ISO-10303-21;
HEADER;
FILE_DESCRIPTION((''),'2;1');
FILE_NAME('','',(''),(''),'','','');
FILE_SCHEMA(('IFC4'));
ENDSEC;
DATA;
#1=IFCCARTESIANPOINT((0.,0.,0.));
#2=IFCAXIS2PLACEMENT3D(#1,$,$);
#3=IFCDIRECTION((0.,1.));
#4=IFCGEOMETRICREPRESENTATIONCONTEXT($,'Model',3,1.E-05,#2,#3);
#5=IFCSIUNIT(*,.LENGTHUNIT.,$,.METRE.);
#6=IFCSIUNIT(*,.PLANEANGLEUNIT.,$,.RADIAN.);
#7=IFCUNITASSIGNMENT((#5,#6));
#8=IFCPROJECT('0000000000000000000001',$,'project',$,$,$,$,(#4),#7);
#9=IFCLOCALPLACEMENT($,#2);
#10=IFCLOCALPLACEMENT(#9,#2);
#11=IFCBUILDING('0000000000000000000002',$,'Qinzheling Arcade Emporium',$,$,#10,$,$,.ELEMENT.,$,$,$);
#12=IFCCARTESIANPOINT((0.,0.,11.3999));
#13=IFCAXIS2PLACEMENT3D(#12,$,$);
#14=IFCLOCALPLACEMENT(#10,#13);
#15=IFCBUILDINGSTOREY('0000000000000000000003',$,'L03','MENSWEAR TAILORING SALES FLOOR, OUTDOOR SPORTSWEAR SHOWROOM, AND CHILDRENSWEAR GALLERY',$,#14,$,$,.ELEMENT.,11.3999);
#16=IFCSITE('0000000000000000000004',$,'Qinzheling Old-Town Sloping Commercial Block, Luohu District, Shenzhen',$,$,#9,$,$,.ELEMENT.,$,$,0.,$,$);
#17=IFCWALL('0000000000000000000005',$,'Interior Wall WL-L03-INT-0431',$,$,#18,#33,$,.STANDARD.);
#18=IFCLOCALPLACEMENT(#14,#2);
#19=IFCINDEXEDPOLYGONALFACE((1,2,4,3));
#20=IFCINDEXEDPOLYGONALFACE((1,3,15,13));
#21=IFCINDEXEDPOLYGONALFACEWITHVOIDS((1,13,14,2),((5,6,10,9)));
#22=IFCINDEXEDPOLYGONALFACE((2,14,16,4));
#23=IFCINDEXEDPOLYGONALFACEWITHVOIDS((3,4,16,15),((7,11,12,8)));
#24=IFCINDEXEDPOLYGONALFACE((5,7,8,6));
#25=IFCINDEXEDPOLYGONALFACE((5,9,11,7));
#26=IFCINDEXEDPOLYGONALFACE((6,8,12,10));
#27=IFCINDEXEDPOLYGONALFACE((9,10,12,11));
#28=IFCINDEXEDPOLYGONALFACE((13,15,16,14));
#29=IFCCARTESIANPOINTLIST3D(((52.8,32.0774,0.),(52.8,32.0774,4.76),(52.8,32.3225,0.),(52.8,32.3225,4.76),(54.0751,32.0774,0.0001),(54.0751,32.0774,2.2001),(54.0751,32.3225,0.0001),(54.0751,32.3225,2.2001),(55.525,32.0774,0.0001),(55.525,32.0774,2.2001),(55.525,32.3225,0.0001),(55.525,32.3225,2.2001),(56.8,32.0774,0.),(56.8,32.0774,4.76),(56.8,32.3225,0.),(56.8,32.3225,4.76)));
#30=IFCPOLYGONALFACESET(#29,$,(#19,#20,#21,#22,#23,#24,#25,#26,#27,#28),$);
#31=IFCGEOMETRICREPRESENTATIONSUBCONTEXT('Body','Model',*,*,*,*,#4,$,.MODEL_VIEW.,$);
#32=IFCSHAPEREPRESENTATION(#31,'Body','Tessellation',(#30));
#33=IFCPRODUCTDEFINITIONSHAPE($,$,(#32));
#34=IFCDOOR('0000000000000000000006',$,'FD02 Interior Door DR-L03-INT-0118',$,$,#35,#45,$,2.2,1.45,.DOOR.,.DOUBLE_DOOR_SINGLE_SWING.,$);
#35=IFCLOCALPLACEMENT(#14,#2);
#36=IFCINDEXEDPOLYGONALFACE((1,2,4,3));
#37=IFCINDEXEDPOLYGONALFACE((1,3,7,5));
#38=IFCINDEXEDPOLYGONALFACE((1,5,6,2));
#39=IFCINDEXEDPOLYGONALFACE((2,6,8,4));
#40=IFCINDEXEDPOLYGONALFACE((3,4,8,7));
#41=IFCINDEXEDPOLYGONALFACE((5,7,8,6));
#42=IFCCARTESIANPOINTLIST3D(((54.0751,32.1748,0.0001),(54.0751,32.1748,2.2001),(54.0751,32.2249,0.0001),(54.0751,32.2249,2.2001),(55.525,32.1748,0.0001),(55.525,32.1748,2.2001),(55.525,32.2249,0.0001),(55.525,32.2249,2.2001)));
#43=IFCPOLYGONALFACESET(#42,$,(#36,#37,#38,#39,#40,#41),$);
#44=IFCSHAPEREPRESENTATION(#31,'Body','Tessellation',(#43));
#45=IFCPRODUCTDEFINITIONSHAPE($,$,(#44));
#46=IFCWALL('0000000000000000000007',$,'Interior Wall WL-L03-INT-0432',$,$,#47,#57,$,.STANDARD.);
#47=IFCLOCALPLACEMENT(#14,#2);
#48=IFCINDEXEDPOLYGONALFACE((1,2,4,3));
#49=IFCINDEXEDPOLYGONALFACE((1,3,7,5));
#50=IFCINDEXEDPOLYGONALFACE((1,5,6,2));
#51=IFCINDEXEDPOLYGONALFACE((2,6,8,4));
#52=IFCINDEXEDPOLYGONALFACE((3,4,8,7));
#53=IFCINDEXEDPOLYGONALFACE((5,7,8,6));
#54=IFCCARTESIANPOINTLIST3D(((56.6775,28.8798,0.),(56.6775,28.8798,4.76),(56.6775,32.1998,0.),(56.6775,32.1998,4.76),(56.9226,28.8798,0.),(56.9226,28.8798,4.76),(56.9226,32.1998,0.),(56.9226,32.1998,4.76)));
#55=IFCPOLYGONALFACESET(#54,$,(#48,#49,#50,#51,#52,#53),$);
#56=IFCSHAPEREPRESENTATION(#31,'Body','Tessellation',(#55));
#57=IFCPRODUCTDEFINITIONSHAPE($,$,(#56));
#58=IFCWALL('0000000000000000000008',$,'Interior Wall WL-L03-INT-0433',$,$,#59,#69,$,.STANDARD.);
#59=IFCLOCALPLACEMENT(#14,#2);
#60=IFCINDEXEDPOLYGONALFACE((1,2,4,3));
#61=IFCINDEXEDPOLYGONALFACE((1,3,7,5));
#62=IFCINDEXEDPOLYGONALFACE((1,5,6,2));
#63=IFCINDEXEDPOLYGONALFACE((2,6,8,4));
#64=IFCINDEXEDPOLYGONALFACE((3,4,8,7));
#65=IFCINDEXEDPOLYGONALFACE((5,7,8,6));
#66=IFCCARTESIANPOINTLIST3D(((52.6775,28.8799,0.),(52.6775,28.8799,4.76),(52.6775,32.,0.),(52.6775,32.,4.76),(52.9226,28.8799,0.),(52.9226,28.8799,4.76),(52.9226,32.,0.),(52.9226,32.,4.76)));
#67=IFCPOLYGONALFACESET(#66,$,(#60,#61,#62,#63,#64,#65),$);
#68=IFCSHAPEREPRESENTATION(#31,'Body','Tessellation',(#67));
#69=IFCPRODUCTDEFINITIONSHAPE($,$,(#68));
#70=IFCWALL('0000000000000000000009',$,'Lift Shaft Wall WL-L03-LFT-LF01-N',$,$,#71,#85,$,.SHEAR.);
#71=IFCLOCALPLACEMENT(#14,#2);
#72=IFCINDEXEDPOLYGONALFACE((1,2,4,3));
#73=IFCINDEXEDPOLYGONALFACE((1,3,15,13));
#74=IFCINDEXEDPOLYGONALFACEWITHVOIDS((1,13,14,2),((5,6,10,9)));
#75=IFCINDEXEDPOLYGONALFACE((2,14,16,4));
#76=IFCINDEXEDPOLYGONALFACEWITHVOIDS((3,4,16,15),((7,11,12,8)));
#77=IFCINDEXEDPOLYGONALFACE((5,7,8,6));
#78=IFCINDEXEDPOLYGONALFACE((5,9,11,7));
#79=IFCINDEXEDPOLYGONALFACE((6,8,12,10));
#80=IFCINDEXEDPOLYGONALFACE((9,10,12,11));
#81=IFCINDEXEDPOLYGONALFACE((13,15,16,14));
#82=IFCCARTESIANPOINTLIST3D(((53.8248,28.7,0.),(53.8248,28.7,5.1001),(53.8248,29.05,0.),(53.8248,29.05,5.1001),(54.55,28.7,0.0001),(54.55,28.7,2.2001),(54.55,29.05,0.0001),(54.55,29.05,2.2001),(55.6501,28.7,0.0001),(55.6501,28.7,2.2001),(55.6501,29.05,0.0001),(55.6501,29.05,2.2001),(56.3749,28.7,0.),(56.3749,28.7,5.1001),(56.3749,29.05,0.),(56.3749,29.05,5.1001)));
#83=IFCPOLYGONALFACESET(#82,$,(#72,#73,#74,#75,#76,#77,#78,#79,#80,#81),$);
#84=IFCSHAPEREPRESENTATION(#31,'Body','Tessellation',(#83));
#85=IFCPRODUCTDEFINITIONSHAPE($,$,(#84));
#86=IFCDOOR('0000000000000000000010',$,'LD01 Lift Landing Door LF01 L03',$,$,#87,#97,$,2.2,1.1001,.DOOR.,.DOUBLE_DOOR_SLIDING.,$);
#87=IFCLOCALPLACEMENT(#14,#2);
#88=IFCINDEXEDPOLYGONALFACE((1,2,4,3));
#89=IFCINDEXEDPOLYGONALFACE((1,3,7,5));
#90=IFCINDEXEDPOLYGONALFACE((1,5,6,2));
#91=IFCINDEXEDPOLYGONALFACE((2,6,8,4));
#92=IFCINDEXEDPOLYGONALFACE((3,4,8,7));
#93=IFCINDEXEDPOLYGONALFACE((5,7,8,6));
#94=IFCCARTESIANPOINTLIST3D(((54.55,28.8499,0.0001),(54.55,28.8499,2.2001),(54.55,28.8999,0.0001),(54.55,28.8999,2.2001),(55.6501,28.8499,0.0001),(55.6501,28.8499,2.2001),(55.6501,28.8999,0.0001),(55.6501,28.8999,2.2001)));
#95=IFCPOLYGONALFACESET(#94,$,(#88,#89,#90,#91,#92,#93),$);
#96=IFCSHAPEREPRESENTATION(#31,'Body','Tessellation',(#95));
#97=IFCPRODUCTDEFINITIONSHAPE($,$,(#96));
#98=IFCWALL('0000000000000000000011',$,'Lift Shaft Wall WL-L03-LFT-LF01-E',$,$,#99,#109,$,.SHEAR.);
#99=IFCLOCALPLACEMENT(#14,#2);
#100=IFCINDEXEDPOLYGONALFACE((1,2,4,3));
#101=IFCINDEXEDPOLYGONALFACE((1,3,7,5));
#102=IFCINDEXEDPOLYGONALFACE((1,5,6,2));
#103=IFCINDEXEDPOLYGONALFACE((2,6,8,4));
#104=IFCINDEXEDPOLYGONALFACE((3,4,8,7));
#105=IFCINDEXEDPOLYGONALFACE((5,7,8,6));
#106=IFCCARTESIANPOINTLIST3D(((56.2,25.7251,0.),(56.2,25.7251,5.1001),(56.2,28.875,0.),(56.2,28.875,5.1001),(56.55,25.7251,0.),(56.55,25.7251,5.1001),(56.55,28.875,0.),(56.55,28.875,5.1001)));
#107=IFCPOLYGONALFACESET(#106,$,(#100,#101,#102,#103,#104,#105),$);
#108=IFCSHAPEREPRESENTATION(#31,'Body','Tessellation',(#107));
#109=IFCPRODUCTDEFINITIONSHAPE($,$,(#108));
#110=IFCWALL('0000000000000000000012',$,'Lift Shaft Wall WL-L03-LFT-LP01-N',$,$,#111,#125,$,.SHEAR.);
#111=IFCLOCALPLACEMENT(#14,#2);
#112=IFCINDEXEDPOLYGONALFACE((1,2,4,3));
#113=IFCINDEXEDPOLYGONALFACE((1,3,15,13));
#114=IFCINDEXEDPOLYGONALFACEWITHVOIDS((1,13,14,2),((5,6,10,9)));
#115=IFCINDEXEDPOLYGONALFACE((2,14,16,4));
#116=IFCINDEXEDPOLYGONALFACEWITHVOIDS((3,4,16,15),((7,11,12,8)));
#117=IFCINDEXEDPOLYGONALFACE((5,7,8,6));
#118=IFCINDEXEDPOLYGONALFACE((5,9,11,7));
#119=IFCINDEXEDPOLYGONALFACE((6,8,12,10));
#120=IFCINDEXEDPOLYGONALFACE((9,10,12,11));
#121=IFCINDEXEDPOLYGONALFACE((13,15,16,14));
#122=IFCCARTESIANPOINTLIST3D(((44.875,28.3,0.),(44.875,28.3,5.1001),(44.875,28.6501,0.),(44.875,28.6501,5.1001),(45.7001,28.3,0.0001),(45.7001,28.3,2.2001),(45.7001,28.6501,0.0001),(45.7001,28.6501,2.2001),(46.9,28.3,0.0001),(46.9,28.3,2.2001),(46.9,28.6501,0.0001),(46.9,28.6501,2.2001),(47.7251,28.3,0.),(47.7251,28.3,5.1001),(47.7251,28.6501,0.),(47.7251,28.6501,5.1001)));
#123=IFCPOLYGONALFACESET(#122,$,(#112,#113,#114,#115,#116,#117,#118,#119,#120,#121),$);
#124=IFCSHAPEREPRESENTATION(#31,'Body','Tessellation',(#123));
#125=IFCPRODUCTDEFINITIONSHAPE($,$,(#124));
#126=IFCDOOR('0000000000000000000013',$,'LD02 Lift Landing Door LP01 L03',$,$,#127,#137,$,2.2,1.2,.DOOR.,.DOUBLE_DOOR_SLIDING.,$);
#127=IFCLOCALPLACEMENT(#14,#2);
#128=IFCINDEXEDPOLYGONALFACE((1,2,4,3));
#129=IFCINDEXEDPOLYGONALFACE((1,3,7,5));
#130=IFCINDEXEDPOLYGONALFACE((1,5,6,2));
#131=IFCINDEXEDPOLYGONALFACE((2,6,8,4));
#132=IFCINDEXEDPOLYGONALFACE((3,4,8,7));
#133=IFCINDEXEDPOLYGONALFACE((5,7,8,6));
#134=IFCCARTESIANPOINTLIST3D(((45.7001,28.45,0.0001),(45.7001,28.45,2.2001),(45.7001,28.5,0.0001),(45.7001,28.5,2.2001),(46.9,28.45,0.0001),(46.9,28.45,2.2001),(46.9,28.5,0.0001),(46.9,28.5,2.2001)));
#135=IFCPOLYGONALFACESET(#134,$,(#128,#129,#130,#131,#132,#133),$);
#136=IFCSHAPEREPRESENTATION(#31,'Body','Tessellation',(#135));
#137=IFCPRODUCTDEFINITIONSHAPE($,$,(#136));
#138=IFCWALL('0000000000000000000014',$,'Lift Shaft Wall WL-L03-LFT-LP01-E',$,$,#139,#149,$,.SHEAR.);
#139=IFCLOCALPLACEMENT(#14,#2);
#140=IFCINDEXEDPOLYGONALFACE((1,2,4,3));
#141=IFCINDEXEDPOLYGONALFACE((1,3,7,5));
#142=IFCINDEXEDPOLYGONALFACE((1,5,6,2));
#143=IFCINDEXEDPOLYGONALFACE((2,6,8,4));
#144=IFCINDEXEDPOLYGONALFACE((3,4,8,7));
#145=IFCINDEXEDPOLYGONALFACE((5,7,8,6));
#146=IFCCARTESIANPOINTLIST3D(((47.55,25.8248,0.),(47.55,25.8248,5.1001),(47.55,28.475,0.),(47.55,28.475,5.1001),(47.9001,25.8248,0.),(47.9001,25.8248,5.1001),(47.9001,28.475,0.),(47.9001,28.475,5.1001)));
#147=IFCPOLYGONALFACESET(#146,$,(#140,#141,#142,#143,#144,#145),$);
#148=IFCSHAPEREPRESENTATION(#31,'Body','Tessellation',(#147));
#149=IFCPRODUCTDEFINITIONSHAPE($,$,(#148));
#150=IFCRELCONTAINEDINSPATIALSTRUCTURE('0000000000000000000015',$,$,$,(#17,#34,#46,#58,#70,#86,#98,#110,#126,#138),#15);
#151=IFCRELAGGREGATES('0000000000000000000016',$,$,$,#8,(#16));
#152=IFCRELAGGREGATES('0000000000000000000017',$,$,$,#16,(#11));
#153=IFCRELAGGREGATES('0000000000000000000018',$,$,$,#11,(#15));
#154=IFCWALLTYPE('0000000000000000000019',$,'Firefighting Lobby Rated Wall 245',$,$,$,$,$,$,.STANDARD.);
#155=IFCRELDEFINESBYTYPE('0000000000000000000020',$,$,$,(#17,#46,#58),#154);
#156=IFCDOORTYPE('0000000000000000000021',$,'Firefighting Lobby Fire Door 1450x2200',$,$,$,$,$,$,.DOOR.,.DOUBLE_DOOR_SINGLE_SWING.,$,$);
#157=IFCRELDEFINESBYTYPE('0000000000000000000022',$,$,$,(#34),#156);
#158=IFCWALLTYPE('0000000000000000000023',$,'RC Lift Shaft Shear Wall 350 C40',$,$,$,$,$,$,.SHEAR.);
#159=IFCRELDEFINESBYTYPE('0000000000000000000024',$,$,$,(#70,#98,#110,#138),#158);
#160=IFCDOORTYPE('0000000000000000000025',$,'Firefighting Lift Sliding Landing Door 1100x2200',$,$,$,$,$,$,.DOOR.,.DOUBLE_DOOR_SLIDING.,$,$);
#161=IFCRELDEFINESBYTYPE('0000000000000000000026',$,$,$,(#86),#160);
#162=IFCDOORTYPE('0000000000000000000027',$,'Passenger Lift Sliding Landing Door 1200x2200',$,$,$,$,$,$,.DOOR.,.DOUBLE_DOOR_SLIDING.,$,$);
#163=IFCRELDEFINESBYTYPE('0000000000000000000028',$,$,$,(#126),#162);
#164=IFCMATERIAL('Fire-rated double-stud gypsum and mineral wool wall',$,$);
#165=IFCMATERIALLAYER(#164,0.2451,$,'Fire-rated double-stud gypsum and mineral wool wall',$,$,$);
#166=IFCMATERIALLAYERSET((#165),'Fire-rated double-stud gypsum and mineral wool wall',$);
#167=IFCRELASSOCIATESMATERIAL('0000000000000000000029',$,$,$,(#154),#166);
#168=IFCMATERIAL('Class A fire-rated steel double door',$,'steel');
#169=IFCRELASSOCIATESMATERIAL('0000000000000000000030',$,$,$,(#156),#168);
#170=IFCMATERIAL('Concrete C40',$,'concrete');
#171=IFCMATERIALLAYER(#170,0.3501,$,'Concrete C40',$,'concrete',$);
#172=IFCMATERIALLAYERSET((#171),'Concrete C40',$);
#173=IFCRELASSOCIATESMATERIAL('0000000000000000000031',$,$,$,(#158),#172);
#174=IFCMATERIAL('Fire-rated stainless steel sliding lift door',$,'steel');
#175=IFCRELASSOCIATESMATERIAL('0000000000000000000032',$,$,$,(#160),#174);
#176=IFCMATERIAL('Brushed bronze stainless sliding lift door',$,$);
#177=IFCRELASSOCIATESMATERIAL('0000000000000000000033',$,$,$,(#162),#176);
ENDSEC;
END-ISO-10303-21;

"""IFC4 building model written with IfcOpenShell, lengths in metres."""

from ifc_helpers import new_model, si_unit, direction, frame, frame_2d, origin, place, context, subcontext, project, spatial, rectangle, extrude, material, layer, layer_set, type_object, element, fill, save


model = new_model("IFC4")

# Units and contexts
model_context = context("Model", 3, precision=1e-05, world=origin(), true_north=direction((0.0, 1.0)))
body_context = subcontext(model_context, "Body", "Model", "MODEL_VIEW")
ifc_project = project(units=[si_unit("LENGTHUNIT", "METRE"), si_unit("PLANEANGLEUNIT", "RADIAN")], contexts=[model_context])

# Site, building, storey
site_placement = place(None, origin())
site = spatial("IfcSite", under=ifc_project, at=site_placement, Name="Qinzheling Old-Town Sloping Commercial Block, Luohu District, Shenzhen", CompositionType="ELEMENT", RefElevation=0.0)
building_placement = place(site_placement, origin())
building = spatial("IfcBuilding", under=site, at=building_placement, Name="Qinzheling Arcade Emporium", CompositionType="ELEMENT")
storey_placement = place(building_placement, frame((0.0, 0.0, 11.3999)))
storey = spatial("IfcBuildingStorey", under=building, at=storey_placement, Name="L03", Description="MENSWEAR TAILORING SALES FLOOR, OUTDOOR SPORTSWEAR SHOWROOM, AND CHILDRENSWEAR GALLERY", CompositionType="ELEMENT", Elevation=11.3999)

# Shared definitions
ifc_material_1 = material(Name="Concrete C40", Category="concrete")

# Wall, opening, door
ifc_material_2 = material(Name="Fire-rated double-stud gypsum and mineral wool wall")
ifc_layer_1 = layer(ifc_material_2, 0.2451, Name="Fire-rated double-stud gypsum and mineral wool wall")
ifc_layer_set_1 = layer_set([ifc_layer_1], Name="Fire-rated double-stud gypsum and mineral wool wall")
wall_type_1 = type_object("IfcWallType", Name="Firefighting Lobby Rated Wall 245", PredefinedType="STANDARD", material=ifc_layer_set_1)
wall_1_placement = place(storey_placement, frame((52.8, 32.2, 0.0), z_axis=(0.0, 0.0, 1.0), x_axis=(1.0, 0.0, 0.0)))
wall_1 = element("IfcWall", 1, at=wall_1_placement, inside=storey, type_object=wall_type_1, Name="Interior Wall WL-L03-INT-0431", PredefinedType="STANDARD", context=body_context, shape_type="SweptSolid", body=[
    extrude(rectangle(XDim=4.0, YDim=0.2451, at=frame_2d((2.0, 0.0))), origin(), (0.0, 0.0, 1.0), 4.76),
])
opening_1_placement = place(wall_1_placement, frame((1.2749, 0.0, 0.0)))
opening_1 = element("IfcOpeningElement", 2, at=opening_1_placement, cuts=wall_1, PredefinedType="OPENING", context=body_context, shape_type="SweptSolid", body=[
    extrude(rectangle(XDim=1.45, YDim=2.2, at=frame_2d((0.7251, 1.1001))), frame((0.0, 0.1326, 0.0), z_axis=(0.0, -1.0, 0.0), x_axis=(1.0, 0.0, 0.0)), (0.0, 0.0, 1.0), 0.2651),
])
ifc_material_3 = material(Name="Class A fire-rated steel double door", Category="steel")
door_type_1 = type_object("IfcDoorType", Name="Firefighting Lobby Fire Door 1450x2200", OperationType="DOUBLE_DOOR_SINGLE_SWING", PredefinedType="DOOR", material=ifc_material_3)
door_1_placement = place(opening_1_placement, origin())
door_1 = element("IfcDoor", 3, at=door_1_placement, inside=storey, type_object=door_type_1, Name="FD02 Interior Door DR-L03-INT-0118", OperationType="DOUBLE_DOOR_SINGLE_SWING", OverallHeight=2.2, OverallWidth=1.45, PredefinedType="DOOR", context=body_context, shape_type="SweptSolid", body=[
    extrude(rectangle(XDim=1.45, YDim=2.2, at=frame_2d((0.7251, 1.1001))), frame((0.0, 0.0249, 0.0), z_axis=(0.0, -1.0, 0.0), x_axis=(1.0, 0.0, 0.0)), (0.0, 0.0, 1.0), 0.05),
])
fill(opening_1, door_1)

# Walls
wall_2_placement = place(storey_placement, frame((56.8, 32.2, 0.0), z_axis=(0.0, 0.0, 1.0), x_axis=(0.0, -1.0, 0.0)))
element("IfcWall", 4, at=wall_2_placement, inside=storey, type_object=wall_type_1, Name="Interior Wall WL-L03-INT-0432", PredefinedType="STANDARD", context=body_context, shape_type="SweptSolid", body=[
    extrude(rectangle(XDim=3.3201, YDim=0.2451, at=frame_2d((1.6602, 0.0))), origin(), (0.0, 0.0, 1.0), 4.76),
])
wall_3_placement = place(storey_placement, frame((52.8, 28.8799, 0.0), z_axis=(0.0, 0.0, 1.0), x_axis=(0.0, 1.0, 0.0)))
element("IfcWall", 5, at=wall_3_placement, inside=storey, type_object=wall_type_1, Name="Interior Wall WL-L03-INT-0433", PredefinedType="STANDARD", context=body_context, shape_type="SweptSolid", body=[
    extrude(rectangle(XDim=3.1201, YDim=0.2451, at=frame_2d((1.5601, 0.0))), origin(), (0.0, 0.0, 1.0), 4.76),
])

# Wall, opening, door
ifc_layer_2 = layer(ifc_material_1, 0.3501, Name="Concrete C40", Category="concrete")
ifc_layer_set_2 = layer_set([ifc_layer_2], Name="Concrete C40")
wall_type_2 = type_object("IfcWallType", Name="RC Lift Shaft Shear Wall 350 C40", PredefinedType="SHEAR", material=ifc_layer_set_2)
wall_4_placement = place(storey_placement, frame((53.825, 28.875, 0.0), z_axis=(0.0, 0.0, 1.0), x_axis=(1.0, 0.0, 0.0)))
wall_4 = element("IfcWall", 6, at=wall_4_placement, inside=storey, type_object=wall_type_2, Name="Lift Shaft Wall WL-L03-LFT-LF01-N", PredefinedType="SHEAR", context=body_context, shape_type="SweptSolid", body=[
    extrude(rectangle(XDim=2.55, YDim=0.3501, at=frame_2d((1.2749, 0.0))), origin(), (0.0, 0.0, 1.0), 5.1001),
])
opening_2_placement = place(wall_4_placement, frame((0.7251, 0.0, 0.0)))
opening_2 = element("IfcOpeningElement", 7, at=opening_2_placement, cuts=wall_4, PredefinedType="OPENING", context=body_context, shape_type="SweptSolid", body=[
    extrude(rectangle(XDim=1.1001, YDim=2.2, at=frame_2d((0.55, 1.1001))), frame((0.0, 0.1851, 0.0), z_axis=(0.0, -1.0, 0.0), x_axis=(1.0, 0.0, 0.0)), (0.0, 0.0, 1.0), 0.3701),
])
ifc_material_4 = material(Name="Fire-rated stainless steel sliding lift door", Category="steel")
door_type_2 = type_object("IfcDoorType", Name="Firefighting Lift Sliding Landing Door 1100x2200", OperationType="DOUBLE_DOOR_SLIDING", PredefinedType="DOOR", material=ifc_material_4)
door_2_placement = place(opening_2_placement, origin())
door_2 = element("IfcDoor", 8, at=door_2_placement, inside=storey, type_object=door_type_2, Name="LD01 Lift Landing Door LF01 L03", OperationType="DOUBLE_DOOR_SLIDING", OverallHeight=2.2, OverallWidth=1.1001, PredefinedType="DOOR", context=body_context, shape_type="SweptSolid", body=[
    extrude(rectangle(XDim=1.1001, YDim=2.2, at=frame_2d((0.55, 1.1001))), frame((0.0, 0.0249, 0.0), z_axis=(0.0, -1.0, 0.0), x_axis=(1.0, 0.0, 0.0)), (0.0, 0.0, 1.0), 0.05),
])
fill(opening_2, door_2)

# Wall
wall_5_placement = place(storey_placement, frame((56.375, 28.875, 0.0), z_axis=(0.0, 0.0, 1.0), x_axis=(0.0, -1.0, 0.0)))
element("IfcWall", 9, at=wall_5_placement, inside=storey, type_object=wall_type_2, Name="Lift Shaft Wall WL-L03-LFT-LF01-E", PredefinedType="SHEAR", context=body_context, shape_type="SweptSolid", body=[
    extrude(rectangle(XDim=3.1499, YDim=0.3501, at=frame_2d((1.575, 0.0))), origin(), (0.0, 0.0, 1.0), 5.1001),
])

# Wall, opening, door
wall_6_placement = place(storey_placement, frame((44.875, 28.4751, 0.0), z_axis=(0.0, 0.0, 1.0), x_axis=(1.0, 0.0, 0.0)))
wall_6 = element("IfcWall", 10, at=wall_6_placement, inside=storey, type_object=wall_type_2, Name="Lift Shaft Wall WL-L03-LFT-LP01-N", PredefinedType="SHEAR", context=body_context, shape_type="SweptSolid", body=[
    extrude(rectangle(XDim=2.8501, YDim=0.3501, at=frame_2d((1.425, 0.0))), origin(), (0.0, 0.0, 1.0), 5.1001),
])
opening_3_placement = place(wall_6_placement, frame((0.825, 0.0, 0.0)))
opening_3 = element("IfcOpeningElement", 11, at=opening_3_placement, cuts=wall_6, PredefinedType="OPENING", context=body_context, shape_type="SweptSolid", body=[
    extrude(rectangle(XDim=1.2, YDim=2.2, at=frame_2d((0.6001, 1.1001))), frame((0.0, 0.1851, 0.0), z_axis=(0.0, -1.0, 0.0), x_axis=(1.0, 0.0, 0.0)), (0.0, 0.0, 1.0), 0.3701),
])
ifc_material_5 = material(Name="Brushed bronze stainless sliding lift door")
door_type_3 = type_object("IfcDoorType", Name="Passenger Lift Sliding Landing Door 1200x2200", OperationType="DOUBLE_DOOR_SLIDING", PredefinedType="DOOR", material=ifc_material_5)
door_3_placement = place(opening_3_placement, origin())
door_3 = element("IfcDoor", 12, at=door_3_placement, inside=storey, type_object=door_type_3, Name="LD02 Lift Landing Door LP01 L03", OperationType="DOUBLE_DOOR_SLIDING", OverallHeight=2.2, OverallWidth=1.2, PredefinedType="DOOR", context=body_context, shape_type="SweptSolid", body=[
    extrude(rectangle(XDim=1.2, YDim=2.2, at=frame_2d((0.6001, 1.1001))), frame((0.0, 0.0249, 0.0), z_axis=(0.0, -1.0, 0.0), x_axis=(1.0, 0.0, 0.0)), (0.0, 0.0, 1.0), 0.05),
])
fill(opening_3, door_3)

# Wall
wall_7_placement = place(storey_placement, frame((47.7251, 28.4751, 0.0), z_axis=(0.0, 0.0, 1.0), x_axis=(0.0, -1.0, 0.0)))
element("IfcWall", 13, at=wall_7_placement, inside=storey, type_object=wall_type_2, Name="Lift Shaft Wall WL-L03-LFT-LP01-E", PredefinedType="SHEAR", context=body_context, shape_type="SweptSolid", body=[
    extrude(rectangle(XDim=2.6501, YDim=0.3501, at=frame_2d((1.3252, 0.0))), origin(), (0.0, 0.0, 1.0), 5.1001),
])

save(model, "model.ifc")
